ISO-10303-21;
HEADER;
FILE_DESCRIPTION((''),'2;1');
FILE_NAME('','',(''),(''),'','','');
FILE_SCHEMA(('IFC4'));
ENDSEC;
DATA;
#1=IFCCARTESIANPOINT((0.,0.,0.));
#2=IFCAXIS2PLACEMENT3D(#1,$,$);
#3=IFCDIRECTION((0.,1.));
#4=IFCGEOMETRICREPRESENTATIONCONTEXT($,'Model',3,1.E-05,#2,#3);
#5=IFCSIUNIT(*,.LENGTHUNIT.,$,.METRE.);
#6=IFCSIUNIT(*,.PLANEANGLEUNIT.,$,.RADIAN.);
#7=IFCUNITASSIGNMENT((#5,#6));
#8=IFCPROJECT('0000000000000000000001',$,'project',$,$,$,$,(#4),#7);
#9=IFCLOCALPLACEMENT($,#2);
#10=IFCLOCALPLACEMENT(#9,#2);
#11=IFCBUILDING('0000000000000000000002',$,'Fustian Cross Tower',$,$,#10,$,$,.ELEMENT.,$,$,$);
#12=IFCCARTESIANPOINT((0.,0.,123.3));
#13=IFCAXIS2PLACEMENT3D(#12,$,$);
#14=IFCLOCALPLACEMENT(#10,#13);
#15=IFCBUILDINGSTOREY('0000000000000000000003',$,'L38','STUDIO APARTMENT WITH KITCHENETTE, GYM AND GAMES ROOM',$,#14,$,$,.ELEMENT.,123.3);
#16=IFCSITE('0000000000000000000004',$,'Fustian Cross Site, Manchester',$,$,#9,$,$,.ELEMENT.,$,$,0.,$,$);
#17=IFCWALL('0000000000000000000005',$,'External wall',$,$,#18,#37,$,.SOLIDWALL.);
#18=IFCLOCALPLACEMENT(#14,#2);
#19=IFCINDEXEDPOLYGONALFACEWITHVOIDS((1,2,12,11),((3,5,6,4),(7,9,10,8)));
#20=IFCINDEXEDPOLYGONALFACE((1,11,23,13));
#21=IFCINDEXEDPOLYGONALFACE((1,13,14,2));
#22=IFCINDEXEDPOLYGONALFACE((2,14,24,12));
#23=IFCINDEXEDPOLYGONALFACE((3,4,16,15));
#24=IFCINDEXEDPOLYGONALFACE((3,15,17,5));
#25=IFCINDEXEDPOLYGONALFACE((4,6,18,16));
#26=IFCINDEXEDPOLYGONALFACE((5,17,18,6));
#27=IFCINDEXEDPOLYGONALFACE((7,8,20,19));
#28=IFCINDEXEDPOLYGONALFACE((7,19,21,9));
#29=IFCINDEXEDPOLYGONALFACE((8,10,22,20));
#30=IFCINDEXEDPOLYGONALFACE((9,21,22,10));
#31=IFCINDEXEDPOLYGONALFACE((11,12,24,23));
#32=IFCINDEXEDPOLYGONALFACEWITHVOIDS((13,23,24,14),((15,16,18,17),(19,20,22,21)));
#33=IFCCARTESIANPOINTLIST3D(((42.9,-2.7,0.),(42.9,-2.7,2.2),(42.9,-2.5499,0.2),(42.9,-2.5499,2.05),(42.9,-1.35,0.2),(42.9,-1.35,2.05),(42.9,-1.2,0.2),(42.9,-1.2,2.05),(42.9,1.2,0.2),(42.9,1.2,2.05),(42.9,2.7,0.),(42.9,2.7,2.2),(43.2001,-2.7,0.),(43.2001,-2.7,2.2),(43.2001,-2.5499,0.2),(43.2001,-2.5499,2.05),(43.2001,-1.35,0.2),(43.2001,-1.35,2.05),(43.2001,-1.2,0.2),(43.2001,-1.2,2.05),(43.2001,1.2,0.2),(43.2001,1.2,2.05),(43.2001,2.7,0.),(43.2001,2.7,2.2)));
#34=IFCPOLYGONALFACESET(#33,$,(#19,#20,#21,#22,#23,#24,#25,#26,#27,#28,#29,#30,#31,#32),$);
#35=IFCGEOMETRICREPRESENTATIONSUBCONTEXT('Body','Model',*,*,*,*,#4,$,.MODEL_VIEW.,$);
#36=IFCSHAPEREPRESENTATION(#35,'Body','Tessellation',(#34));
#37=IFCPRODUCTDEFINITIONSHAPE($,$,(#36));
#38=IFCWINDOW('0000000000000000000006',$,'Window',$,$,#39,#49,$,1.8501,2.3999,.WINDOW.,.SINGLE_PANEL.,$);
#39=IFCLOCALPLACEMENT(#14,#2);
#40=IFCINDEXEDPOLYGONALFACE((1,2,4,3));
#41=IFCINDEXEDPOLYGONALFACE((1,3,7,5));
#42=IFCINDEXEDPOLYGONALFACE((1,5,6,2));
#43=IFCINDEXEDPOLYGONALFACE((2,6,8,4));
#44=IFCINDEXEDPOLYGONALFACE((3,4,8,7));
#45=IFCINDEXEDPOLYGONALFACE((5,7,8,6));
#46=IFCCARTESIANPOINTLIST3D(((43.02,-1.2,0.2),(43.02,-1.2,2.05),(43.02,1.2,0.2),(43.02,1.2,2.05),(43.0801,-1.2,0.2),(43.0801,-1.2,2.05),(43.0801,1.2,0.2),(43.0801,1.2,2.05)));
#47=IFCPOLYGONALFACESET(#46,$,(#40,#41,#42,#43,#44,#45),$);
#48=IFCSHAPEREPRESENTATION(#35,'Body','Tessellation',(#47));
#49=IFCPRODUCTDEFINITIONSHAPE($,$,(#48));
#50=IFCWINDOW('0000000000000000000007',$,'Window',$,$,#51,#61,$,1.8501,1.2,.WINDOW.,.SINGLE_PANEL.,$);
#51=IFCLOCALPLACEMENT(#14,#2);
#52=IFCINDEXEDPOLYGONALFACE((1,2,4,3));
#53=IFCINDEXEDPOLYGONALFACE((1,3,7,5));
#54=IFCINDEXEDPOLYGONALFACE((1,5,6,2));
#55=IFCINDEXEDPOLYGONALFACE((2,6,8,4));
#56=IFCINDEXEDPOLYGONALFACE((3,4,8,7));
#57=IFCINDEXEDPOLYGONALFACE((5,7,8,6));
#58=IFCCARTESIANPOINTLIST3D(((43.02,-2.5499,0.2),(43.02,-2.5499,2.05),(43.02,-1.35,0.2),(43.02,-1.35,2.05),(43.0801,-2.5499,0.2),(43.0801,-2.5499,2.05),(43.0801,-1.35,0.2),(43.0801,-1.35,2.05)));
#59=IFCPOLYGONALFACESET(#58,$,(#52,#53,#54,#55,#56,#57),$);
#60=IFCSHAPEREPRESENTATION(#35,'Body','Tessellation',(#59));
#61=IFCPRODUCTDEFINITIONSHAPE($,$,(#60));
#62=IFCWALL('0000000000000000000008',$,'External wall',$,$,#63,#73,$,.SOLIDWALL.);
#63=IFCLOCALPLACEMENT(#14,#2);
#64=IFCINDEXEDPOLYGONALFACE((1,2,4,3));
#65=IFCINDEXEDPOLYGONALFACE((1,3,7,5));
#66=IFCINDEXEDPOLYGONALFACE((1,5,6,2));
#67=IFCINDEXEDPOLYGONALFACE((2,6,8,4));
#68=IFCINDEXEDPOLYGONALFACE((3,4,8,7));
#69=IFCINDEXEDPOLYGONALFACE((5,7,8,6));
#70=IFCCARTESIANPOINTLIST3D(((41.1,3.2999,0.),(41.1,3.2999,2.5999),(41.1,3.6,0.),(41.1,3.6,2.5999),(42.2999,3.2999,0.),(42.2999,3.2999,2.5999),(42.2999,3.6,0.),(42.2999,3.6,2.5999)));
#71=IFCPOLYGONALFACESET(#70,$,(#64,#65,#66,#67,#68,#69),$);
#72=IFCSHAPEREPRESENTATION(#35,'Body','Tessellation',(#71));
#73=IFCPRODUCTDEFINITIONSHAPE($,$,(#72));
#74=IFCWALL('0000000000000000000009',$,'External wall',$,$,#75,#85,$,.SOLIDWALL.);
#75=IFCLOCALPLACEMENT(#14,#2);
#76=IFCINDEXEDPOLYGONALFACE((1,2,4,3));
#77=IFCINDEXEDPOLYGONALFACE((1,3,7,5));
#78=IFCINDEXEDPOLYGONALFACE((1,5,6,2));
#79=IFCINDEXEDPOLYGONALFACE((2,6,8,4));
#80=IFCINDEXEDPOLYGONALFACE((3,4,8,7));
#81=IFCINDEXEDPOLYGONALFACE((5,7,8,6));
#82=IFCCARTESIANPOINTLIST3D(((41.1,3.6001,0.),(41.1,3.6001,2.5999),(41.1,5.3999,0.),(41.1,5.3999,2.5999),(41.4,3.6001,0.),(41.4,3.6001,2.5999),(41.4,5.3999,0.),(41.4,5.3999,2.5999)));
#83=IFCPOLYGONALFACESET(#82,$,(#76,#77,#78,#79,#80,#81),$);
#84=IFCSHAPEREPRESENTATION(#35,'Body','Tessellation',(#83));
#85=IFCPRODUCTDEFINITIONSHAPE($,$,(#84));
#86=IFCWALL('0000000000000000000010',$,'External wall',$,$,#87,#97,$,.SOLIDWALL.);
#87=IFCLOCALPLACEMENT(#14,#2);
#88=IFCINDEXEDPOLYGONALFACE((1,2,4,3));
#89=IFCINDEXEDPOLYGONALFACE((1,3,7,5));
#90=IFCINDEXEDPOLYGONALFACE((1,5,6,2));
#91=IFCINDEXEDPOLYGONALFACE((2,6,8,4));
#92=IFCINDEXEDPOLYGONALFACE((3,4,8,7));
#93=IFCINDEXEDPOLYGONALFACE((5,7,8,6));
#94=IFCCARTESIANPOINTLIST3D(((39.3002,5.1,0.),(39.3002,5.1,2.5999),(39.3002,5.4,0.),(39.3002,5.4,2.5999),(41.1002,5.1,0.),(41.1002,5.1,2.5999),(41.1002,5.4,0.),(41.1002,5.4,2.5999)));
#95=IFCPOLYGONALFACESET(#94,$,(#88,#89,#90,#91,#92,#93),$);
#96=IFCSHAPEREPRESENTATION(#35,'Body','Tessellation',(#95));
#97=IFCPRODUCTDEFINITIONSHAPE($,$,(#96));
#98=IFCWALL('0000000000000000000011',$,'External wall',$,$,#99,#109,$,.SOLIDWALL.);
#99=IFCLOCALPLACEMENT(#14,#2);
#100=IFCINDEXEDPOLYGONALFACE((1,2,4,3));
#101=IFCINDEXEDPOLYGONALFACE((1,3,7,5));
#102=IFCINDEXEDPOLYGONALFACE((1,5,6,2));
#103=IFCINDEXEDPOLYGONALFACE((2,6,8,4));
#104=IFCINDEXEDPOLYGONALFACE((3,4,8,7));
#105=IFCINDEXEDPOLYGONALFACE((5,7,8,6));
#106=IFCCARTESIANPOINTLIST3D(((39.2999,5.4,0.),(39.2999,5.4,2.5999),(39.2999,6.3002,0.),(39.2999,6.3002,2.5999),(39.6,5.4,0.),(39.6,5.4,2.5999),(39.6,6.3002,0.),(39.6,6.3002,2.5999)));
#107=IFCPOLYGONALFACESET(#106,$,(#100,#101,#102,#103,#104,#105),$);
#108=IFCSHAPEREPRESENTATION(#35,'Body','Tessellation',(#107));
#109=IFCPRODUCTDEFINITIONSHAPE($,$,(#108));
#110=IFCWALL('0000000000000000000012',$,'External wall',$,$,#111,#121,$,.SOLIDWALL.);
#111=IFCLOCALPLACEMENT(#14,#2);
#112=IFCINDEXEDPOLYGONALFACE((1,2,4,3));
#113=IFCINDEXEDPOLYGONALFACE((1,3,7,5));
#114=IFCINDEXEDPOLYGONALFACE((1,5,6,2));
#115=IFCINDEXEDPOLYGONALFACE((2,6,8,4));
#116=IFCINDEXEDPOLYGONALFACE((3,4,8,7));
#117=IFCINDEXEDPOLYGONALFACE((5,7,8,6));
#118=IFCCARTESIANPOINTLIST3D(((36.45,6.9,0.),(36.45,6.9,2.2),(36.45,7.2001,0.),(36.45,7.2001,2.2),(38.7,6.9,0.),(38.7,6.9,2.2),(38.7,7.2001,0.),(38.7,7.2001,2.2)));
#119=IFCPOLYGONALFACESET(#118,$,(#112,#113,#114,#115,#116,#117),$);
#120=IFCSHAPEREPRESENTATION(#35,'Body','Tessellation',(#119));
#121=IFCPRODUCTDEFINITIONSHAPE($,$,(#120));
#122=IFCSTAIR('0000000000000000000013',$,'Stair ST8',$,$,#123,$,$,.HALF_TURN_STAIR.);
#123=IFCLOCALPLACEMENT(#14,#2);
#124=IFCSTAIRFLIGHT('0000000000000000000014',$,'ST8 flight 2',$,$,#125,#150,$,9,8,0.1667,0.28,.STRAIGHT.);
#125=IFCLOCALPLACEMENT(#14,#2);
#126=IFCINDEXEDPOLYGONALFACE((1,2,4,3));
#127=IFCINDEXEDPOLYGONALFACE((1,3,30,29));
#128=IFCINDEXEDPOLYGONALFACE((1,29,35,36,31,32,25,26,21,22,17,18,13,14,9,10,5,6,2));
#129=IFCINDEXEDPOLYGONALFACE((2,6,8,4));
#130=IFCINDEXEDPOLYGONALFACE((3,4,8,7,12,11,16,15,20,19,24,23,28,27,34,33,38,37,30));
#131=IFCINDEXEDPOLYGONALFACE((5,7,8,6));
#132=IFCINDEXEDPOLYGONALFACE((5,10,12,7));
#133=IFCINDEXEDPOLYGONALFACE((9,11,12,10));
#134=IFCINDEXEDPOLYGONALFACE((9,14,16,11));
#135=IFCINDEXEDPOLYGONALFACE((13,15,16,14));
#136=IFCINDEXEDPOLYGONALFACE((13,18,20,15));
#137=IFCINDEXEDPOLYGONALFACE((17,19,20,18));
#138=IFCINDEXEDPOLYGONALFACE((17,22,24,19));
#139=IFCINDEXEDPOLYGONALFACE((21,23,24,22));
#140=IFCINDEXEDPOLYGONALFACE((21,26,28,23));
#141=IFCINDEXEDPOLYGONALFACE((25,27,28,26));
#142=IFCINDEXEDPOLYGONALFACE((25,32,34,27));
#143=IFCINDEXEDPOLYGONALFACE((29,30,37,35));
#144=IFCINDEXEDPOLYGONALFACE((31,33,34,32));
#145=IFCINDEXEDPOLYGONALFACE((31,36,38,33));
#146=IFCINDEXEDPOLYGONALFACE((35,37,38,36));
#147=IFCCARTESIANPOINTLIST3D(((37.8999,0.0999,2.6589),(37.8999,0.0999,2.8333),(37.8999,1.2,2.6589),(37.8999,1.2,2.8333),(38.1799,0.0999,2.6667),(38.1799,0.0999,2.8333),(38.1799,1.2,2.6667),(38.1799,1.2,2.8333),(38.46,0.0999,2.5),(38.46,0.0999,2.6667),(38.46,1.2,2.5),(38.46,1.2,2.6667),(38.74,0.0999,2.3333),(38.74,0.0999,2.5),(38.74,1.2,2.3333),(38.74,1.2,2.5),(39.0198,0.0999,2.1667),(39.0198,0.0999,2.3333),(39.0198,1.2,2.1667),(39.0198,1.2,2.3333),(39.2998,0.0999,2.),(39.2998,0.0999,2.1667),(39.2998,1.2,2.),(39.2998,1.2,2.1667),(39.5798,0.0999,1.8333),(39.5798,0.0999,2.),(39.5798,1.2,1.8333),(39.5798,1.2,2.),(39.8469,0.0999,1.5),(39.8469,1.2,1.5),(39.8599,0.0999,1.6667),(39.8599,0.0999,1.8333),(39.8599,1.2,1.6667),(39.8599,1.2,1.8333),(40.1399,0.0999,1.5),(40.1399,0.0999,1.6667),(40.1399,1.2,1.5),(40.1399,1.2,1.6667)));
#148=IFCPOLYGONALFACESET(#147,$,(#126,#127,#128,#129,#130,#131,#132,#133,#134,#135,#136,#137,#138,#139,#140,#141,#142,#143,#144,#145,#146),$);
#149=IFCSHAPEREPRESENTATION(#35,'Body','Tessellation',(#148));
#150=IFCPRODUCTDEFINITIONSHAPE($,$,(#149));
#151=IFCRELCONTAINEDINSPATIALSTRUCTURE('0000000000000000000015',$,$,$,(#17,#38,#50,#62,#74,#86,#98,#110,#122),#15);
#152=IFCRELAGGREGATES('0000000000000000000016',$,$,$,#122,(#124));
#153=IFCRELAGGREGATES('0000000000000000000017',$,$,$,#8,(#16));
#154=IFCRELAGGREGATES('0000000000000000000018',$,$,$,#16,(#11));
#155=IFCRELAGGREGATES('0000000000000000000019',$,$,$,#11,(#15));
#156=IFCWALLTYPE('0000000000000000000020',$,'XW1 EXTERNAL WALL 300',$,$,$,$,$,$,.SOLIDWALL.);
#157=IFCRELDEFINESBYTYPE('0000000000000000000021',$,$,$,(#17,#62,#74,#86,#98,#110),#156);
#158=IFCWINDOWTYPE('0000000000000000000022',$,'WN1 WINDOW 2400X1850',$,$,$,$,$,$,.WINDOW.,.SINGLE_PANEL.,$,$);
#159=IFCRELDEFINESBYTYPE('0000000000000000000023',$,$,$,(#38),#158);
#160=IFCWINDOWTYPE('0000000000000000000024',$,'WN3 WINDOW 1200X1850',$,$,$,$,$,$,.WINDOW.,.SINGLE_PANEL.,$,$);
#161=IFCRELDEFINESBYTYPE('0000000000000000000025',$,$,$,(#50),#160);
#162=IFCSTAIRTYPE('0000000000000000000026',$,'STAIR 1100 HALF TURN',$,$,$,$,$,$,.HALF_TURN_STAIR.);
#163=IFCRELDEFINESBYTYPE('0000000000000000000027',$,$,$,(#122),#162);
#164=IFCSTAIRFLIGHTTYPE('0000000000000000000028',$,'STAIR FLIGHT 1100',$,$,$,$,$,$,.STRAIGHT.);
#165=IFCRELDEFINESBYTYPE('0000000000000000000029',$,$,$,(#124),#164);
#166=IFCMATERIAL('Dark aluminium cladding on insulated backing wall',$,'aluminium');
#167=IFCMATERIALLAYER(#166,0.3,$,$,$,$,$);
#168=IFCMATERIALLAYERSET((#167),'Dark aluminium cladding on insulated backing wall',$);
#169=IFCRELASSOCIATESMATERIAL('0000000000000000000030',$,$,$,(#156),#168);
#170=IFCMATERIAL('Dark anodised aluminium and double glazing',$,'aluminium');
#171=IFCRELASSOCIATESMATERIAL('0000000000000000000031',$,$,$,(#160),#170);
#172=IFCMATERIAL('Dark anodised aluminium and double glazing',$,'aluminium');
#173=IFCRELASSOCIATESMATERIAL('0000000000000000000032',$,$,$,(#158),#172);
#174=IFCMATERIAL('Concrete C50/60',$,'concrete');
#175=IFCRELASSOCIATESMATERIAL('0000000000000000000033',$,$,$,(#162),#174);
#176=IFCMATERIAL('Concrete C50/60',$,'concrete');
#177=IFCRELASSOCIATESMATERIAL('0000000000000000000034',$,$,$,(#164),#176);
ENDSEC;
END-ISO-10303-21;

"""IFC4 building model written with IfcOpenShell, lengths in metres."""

from ifc_helpers import new_model, si_unit, direction, frame, frame_2d, origin, place, context, subcontext, project, spatial, polyline, rectangle, outline, extrude, material, layer, layer_set, type_object, element, fill, aggregate, save


model = new_model("IFC4")

# Units and contexts
model_context = context("Model", 3, precision=1e-05, world=origin(), true_north=direction((0.0, 1.0)))
body_context = subcontext(model_context, "Body", "Model", "MODEL_VIEW")
ifc_project = project(units=[si_unit("LENGTHUNIT", "METRE"), si_unit("PLANEANGLEUNIT", "RADIAN")], contexts=[model_context])

# Site, building, storey
site_placement = place(None, origin())
site = spatial("IfcSite", under=ifc_project, at=site_placement, Name="Fustian Cross Site, Manchester", CompositionType="ELEMENT", RefElevation=0.0)
building_placement = place(site_placement, origin())
building = spatial("IfcBuilding", under=site, at=building_placement, Name="Fustian Cross Tower", CompositionType="ELEMENT")
storey_placement = place(building_placement, frame((0.0, 0.0, 123.3)))
storey = spatial("IfcBuildingStorey", under=building, at=storey_placement, Name="L38", Description="STUDIO APARTMENT WITH KITCHENETTE, GYM AND GAMES ROOM", CompositionType="ELEMENT", Elevation=123.3)

# Shared definitions
ifc_material_1 = material(Name="Dark aluminium cladding on insulated backing wall", Category="aluminium")
ifc_layer_1 = layer(ifc_material_1, 0.3)
ifc_layer_set_1 = layer_set([ifc_layer_1], Name="Dark aluminium cladding on insulated backing wall")
wall_type_1 = type_object("IfcWallType", Name="XW1 EXTERNAL WALL 300", PredefinedType="SOLIDWALL", material=ifc_layer_set_1)

# Shared definitions
ifc_material_2 = material(Name="Dark anodised aluminium and double glazing", Category="aluminium")
window_type_1 = type_object("IfcWindowType", Name="WN3 WINDOW 1200X1850", PartitioningType="SINGLE_PANEL", PredefinedType="WINDOW", material=ifc_material_2)

# Wall, openings, windows
wall_1_placement = place(storey_placement, frame((43.05, -2.7, 0.0), z_axis=(0.0, 0.0, 1.0), x_axis=(0.0, 1.0, 0.0)))
wall_1 = element("IfcWall", 1, at=wall_1_placement, inside=storey, type_object=wall_type_1, Name="External wall", PredefinedType="SOLIDWALL", context=body_context, shape_type="SweptSolid", body=[
    extrude(rectangle(XDim=5.3999, YDim=0.3, at=frame_2d((2.7, 0.0))), origin(), (0.0, 0.0, 1.0), 2.2),
])
opening_1_placement = place(wall_1_placement, frame((1.5, 0.0, 0.2)))
opening_1 = element("IfcOpeningElement", 2, at=opening_1_placement, cuts=wall_1, PredefinedType="OPENING", context=body_context, shape_type="SweptSolid", body=[
    extrude(rectangle(XDim=2.3999, YDim=1.8501, at=frame_2d((1.2, 0.925))), frame((0.0, 0.1599, 0.0), z_axis=(0.0, -1.0, 0.0), x_axis=(1.0, 0.0, 0.0)), (0.0, 0.0, 1.0), 0.3201),
])
opening_2_placement = place(wall_1_placement, frame((0.1499, 0.0, 0.2)))
opening_2 = element("IfcOpeningElement", 3, at=opening_2_placement, cuts=wall_1, PredefinedType="OPENING", context=body_context, shape_type="SweptSolid", body=[
    extrude(rectangle(XDim=1.2, YDim=1.8501, at=frame_2d((0.6001, 0.925))), frame((0.0, 0.1599, 0.0), z_axis=(0.0, -1.0, 0.0), x_axis=(1.0, 0.0, 0.0)), (0.0, 0.0, 1.0), 0.3201),
])
ifc_material_3 = material(Name="Dark anodised aluminium and double glazing", Category="aluminium")
window_type_2 = type_object("IfcWindowType", Name="WN1 WINDOW 2400X1850", PartitioningType="SINGLE_PANEL", PredefinedType="WINDOW", material=ifc_material_3)
window_1_placement = place(opening_1_placement, origin())
window_1 = element("IfcWindow", 4, at=window_1_placement, inside=storey, type_object=window_type_2, Name="Window", OverallHeight=1.8501, OverallWidth=2.3999, PartitioningType="SINGLE_PANEL", PredefinedType="WINDOW", context=body_context, shape_type="SweptSolid", body=[
    extrude(rectangle(XDim=2.3999, YDim=1.8501, at=frame_2d((1.2, 0.925))), frame((0.0, 0.03, 0.0), z_axis=(0.0, -1.0, 0.0), x_axis=(1.0, 0.0, 0.0)), (0.0, 0.0, 1.0), 0.0601),
])
fill(opening_1, window_1)
window_2_placement = place(opening_2_placement, origin())
window_2 = element("IfcWindow", 5, at=window_2_placement, inside=storey, type_object=window_type_1, Name="Window", OverallHeight=1.8501, OverallWidth=1.2, PartitioningType="SINGLE_PANEL", PredefinedType="WINDOW", context=body_context, shape_type="SweptSolid", body=[
    extrude(rectangle(XDim=1.2, YDim=1.8501, at=frame_2d((0.6001, 0.925))), frame((0.0, 0.03, 0.0), z_axis=(0.0, -1.0, 0.0), x_axis=(1.0, 0.0, 0.0)), (0.0, 0.0, 1.0), 0.0601),
])
fill(opening_2, window_2)

# Walls
wall_2_placement = place(storey_placement, frame((42.3, 3.45, 0.0), z_axis=(0.0, 0.0, 1.0), x_axis=(-1.0, 0.0, 0.0)))
element("IfcWall", 6, at=wall_2_placement, inside=storey, type_object=wall_type_1, Name="External wall", PredefinedType="SOLIDWALL", context=body_context, shape_type="SweptSolid", body=[
    extrude(rectangle(XDim=1.2, YDim=0.3, at=frame_2d((0.6001, 0.0))), origin(), (0.0, 0.0, 1.0), 2.5999),
])
wall_3_placement = place(storey_placement, frame((41.25, 3.6001, 0.0), z_axis=(0.0, 0.0, 1.0), x_axis=(0.0, 1.0, 0.0)))
element("IfcWall", 7, at=wall_3_placement, inside=storey, type_object=wall_type_1, Name="External wall", PredefinedType="SOLIDWALL", context=body_context, shape_type="SweptSolid", body=[
    extrude(rectangle(XDim=1.7998, YDim=0.3, at=frame_2d((0.8999, 0.0))), origin(), (0.0, 0.0, 1.0), 2.5999),
])
wall_4_placement = place(storey_placement, frame((41.1001, 5.25, 0.0), z_axis=(0.0, 0.0, 1.0), x_axis=(-1.0, 0.0, 0.0)))
element("IfcWall", 8, at=wall_4_placement, inside=storey, type_object=wall_type_1, Name="External wall", PredefinedType="SOLIDWALL", context=body_context, shape_type="SweptSolid", body=[
    extrude(rectangle(XDim=1.8, YDim=0.3, at=frame_2d((0.8999, 0.0))), origin(), (0.0, 0.0, 1.0), 2.5999),
])
wall_5_placement = place(storey_placement, frame((39.45, 5.3999, 0.0), z_axis=(0.0, 0.0, 1.0), x_axis=(0.0, 1.0, 0.0)))
element("IfcWall", 9, at=wall_5_placement, inside=storey, type_object=wall_type_1, Name="External wall", PredefinedType="SOLIDWALL", context=body_context, shape_type="SweptSolid", body=[
    extrude(rectangle(XDim=0.9001, YDim=0.3, at=frame_2d((0.4502, 0.0))), origin(), (0.0, 0.0, 1.0), 2.5999),
])
wall_6_placement = place(storey_placement, frame((38.7, 7.05, 0.0), z_axis=(0.0, 0.0, 1.0), x_axis=(-1.0, 0.0, 0.0)))
element("IfcWall", 10, at=wall_6_placement, inside=storey, type_object=wall_type_1, Name="External wall", PredefinedType="SOLIDWALL", context=body_context, shape_type="SweptSolid", body=[
    extrude(rectangle(XDim=2.25, YDim=0.3, at=frame_2d((1.125, 0.0))), origin(), (0.0, 0.0, 1.0), 2.2),
])

# Stair, stair flight
ifc_material_4 = material(Name="Concrete C50/60", Category="concrete")
stair_type = type_object("IfcStairType", Name="STAIR 1100 HALF TURN", PredefinedType="HALF_TURN_STAIR", material=ifc_material_4)
stair_placement = place(storey_placement, origin())
stair = element("IfcStair", 11, at=stair_placement, inside=storey, type_object=stair_type, Name="Stair ST8", PredefinedType="HALF_TURN_STAIR")
ifc_material_5 = material(Name="Concrete C50/60", Category="concrete")
stair_flight_type = type_object("IfcStairFlightType", Name="STAIR FLIGHT 1100", PredefinedType="STRAIGHT", material=ifc_material_5)
stair_flight_placement = place(storey_placement, frame((40.1399, 0.6499, 1.5), z_axis=(0.0, 0.0, 1.0), x_axis=(-1.0, 0.0, 0.0)))
stair_flight = element("IfcStairFlight", 12, at=stair_flight_placement, type_object=stair_flight_type, Name="ST8 flight 2", NumberOfRisers=9, NumberOfTreads=8, PredefinedType="STRAIGHT", RiserHeight=0.1667, TreadLength=0.28, context=body_context, shape_type="SweptSolid", body=[
    extrude(outline(polyline([(0.0, 0.0), (0.0, 0.1667), (0.28, 0.1667), (0.28, 0.3333), (0.5601, 0.3333), (0.5601, 0.5), (0.8401, 0.5), (0.8401, 0.6667), (1.1201, 0.6667), (1.1201, 0.8333), (1.3999, 0.8333), (1.3999, 1.0), (1.6799, 1.0), (1.6799, 1.1667), (1.96, 1.1667), (1.96, 1.3333), (2.24, 1.3333), (2.24, 1.5), (2.24, 1.1589), (0.293, 0.0), (0.0, 0.0)])), frame((0.0, 0.55, 0.0), z_axis=(0.0, -1.0, 0.0), x_axis=(1.0, 0.0, 0.0)), (0.0, 0.0, 1.0), 1.1001),
])
aggregate(stair, [stair_flight])

save(model, "model.ifc")
